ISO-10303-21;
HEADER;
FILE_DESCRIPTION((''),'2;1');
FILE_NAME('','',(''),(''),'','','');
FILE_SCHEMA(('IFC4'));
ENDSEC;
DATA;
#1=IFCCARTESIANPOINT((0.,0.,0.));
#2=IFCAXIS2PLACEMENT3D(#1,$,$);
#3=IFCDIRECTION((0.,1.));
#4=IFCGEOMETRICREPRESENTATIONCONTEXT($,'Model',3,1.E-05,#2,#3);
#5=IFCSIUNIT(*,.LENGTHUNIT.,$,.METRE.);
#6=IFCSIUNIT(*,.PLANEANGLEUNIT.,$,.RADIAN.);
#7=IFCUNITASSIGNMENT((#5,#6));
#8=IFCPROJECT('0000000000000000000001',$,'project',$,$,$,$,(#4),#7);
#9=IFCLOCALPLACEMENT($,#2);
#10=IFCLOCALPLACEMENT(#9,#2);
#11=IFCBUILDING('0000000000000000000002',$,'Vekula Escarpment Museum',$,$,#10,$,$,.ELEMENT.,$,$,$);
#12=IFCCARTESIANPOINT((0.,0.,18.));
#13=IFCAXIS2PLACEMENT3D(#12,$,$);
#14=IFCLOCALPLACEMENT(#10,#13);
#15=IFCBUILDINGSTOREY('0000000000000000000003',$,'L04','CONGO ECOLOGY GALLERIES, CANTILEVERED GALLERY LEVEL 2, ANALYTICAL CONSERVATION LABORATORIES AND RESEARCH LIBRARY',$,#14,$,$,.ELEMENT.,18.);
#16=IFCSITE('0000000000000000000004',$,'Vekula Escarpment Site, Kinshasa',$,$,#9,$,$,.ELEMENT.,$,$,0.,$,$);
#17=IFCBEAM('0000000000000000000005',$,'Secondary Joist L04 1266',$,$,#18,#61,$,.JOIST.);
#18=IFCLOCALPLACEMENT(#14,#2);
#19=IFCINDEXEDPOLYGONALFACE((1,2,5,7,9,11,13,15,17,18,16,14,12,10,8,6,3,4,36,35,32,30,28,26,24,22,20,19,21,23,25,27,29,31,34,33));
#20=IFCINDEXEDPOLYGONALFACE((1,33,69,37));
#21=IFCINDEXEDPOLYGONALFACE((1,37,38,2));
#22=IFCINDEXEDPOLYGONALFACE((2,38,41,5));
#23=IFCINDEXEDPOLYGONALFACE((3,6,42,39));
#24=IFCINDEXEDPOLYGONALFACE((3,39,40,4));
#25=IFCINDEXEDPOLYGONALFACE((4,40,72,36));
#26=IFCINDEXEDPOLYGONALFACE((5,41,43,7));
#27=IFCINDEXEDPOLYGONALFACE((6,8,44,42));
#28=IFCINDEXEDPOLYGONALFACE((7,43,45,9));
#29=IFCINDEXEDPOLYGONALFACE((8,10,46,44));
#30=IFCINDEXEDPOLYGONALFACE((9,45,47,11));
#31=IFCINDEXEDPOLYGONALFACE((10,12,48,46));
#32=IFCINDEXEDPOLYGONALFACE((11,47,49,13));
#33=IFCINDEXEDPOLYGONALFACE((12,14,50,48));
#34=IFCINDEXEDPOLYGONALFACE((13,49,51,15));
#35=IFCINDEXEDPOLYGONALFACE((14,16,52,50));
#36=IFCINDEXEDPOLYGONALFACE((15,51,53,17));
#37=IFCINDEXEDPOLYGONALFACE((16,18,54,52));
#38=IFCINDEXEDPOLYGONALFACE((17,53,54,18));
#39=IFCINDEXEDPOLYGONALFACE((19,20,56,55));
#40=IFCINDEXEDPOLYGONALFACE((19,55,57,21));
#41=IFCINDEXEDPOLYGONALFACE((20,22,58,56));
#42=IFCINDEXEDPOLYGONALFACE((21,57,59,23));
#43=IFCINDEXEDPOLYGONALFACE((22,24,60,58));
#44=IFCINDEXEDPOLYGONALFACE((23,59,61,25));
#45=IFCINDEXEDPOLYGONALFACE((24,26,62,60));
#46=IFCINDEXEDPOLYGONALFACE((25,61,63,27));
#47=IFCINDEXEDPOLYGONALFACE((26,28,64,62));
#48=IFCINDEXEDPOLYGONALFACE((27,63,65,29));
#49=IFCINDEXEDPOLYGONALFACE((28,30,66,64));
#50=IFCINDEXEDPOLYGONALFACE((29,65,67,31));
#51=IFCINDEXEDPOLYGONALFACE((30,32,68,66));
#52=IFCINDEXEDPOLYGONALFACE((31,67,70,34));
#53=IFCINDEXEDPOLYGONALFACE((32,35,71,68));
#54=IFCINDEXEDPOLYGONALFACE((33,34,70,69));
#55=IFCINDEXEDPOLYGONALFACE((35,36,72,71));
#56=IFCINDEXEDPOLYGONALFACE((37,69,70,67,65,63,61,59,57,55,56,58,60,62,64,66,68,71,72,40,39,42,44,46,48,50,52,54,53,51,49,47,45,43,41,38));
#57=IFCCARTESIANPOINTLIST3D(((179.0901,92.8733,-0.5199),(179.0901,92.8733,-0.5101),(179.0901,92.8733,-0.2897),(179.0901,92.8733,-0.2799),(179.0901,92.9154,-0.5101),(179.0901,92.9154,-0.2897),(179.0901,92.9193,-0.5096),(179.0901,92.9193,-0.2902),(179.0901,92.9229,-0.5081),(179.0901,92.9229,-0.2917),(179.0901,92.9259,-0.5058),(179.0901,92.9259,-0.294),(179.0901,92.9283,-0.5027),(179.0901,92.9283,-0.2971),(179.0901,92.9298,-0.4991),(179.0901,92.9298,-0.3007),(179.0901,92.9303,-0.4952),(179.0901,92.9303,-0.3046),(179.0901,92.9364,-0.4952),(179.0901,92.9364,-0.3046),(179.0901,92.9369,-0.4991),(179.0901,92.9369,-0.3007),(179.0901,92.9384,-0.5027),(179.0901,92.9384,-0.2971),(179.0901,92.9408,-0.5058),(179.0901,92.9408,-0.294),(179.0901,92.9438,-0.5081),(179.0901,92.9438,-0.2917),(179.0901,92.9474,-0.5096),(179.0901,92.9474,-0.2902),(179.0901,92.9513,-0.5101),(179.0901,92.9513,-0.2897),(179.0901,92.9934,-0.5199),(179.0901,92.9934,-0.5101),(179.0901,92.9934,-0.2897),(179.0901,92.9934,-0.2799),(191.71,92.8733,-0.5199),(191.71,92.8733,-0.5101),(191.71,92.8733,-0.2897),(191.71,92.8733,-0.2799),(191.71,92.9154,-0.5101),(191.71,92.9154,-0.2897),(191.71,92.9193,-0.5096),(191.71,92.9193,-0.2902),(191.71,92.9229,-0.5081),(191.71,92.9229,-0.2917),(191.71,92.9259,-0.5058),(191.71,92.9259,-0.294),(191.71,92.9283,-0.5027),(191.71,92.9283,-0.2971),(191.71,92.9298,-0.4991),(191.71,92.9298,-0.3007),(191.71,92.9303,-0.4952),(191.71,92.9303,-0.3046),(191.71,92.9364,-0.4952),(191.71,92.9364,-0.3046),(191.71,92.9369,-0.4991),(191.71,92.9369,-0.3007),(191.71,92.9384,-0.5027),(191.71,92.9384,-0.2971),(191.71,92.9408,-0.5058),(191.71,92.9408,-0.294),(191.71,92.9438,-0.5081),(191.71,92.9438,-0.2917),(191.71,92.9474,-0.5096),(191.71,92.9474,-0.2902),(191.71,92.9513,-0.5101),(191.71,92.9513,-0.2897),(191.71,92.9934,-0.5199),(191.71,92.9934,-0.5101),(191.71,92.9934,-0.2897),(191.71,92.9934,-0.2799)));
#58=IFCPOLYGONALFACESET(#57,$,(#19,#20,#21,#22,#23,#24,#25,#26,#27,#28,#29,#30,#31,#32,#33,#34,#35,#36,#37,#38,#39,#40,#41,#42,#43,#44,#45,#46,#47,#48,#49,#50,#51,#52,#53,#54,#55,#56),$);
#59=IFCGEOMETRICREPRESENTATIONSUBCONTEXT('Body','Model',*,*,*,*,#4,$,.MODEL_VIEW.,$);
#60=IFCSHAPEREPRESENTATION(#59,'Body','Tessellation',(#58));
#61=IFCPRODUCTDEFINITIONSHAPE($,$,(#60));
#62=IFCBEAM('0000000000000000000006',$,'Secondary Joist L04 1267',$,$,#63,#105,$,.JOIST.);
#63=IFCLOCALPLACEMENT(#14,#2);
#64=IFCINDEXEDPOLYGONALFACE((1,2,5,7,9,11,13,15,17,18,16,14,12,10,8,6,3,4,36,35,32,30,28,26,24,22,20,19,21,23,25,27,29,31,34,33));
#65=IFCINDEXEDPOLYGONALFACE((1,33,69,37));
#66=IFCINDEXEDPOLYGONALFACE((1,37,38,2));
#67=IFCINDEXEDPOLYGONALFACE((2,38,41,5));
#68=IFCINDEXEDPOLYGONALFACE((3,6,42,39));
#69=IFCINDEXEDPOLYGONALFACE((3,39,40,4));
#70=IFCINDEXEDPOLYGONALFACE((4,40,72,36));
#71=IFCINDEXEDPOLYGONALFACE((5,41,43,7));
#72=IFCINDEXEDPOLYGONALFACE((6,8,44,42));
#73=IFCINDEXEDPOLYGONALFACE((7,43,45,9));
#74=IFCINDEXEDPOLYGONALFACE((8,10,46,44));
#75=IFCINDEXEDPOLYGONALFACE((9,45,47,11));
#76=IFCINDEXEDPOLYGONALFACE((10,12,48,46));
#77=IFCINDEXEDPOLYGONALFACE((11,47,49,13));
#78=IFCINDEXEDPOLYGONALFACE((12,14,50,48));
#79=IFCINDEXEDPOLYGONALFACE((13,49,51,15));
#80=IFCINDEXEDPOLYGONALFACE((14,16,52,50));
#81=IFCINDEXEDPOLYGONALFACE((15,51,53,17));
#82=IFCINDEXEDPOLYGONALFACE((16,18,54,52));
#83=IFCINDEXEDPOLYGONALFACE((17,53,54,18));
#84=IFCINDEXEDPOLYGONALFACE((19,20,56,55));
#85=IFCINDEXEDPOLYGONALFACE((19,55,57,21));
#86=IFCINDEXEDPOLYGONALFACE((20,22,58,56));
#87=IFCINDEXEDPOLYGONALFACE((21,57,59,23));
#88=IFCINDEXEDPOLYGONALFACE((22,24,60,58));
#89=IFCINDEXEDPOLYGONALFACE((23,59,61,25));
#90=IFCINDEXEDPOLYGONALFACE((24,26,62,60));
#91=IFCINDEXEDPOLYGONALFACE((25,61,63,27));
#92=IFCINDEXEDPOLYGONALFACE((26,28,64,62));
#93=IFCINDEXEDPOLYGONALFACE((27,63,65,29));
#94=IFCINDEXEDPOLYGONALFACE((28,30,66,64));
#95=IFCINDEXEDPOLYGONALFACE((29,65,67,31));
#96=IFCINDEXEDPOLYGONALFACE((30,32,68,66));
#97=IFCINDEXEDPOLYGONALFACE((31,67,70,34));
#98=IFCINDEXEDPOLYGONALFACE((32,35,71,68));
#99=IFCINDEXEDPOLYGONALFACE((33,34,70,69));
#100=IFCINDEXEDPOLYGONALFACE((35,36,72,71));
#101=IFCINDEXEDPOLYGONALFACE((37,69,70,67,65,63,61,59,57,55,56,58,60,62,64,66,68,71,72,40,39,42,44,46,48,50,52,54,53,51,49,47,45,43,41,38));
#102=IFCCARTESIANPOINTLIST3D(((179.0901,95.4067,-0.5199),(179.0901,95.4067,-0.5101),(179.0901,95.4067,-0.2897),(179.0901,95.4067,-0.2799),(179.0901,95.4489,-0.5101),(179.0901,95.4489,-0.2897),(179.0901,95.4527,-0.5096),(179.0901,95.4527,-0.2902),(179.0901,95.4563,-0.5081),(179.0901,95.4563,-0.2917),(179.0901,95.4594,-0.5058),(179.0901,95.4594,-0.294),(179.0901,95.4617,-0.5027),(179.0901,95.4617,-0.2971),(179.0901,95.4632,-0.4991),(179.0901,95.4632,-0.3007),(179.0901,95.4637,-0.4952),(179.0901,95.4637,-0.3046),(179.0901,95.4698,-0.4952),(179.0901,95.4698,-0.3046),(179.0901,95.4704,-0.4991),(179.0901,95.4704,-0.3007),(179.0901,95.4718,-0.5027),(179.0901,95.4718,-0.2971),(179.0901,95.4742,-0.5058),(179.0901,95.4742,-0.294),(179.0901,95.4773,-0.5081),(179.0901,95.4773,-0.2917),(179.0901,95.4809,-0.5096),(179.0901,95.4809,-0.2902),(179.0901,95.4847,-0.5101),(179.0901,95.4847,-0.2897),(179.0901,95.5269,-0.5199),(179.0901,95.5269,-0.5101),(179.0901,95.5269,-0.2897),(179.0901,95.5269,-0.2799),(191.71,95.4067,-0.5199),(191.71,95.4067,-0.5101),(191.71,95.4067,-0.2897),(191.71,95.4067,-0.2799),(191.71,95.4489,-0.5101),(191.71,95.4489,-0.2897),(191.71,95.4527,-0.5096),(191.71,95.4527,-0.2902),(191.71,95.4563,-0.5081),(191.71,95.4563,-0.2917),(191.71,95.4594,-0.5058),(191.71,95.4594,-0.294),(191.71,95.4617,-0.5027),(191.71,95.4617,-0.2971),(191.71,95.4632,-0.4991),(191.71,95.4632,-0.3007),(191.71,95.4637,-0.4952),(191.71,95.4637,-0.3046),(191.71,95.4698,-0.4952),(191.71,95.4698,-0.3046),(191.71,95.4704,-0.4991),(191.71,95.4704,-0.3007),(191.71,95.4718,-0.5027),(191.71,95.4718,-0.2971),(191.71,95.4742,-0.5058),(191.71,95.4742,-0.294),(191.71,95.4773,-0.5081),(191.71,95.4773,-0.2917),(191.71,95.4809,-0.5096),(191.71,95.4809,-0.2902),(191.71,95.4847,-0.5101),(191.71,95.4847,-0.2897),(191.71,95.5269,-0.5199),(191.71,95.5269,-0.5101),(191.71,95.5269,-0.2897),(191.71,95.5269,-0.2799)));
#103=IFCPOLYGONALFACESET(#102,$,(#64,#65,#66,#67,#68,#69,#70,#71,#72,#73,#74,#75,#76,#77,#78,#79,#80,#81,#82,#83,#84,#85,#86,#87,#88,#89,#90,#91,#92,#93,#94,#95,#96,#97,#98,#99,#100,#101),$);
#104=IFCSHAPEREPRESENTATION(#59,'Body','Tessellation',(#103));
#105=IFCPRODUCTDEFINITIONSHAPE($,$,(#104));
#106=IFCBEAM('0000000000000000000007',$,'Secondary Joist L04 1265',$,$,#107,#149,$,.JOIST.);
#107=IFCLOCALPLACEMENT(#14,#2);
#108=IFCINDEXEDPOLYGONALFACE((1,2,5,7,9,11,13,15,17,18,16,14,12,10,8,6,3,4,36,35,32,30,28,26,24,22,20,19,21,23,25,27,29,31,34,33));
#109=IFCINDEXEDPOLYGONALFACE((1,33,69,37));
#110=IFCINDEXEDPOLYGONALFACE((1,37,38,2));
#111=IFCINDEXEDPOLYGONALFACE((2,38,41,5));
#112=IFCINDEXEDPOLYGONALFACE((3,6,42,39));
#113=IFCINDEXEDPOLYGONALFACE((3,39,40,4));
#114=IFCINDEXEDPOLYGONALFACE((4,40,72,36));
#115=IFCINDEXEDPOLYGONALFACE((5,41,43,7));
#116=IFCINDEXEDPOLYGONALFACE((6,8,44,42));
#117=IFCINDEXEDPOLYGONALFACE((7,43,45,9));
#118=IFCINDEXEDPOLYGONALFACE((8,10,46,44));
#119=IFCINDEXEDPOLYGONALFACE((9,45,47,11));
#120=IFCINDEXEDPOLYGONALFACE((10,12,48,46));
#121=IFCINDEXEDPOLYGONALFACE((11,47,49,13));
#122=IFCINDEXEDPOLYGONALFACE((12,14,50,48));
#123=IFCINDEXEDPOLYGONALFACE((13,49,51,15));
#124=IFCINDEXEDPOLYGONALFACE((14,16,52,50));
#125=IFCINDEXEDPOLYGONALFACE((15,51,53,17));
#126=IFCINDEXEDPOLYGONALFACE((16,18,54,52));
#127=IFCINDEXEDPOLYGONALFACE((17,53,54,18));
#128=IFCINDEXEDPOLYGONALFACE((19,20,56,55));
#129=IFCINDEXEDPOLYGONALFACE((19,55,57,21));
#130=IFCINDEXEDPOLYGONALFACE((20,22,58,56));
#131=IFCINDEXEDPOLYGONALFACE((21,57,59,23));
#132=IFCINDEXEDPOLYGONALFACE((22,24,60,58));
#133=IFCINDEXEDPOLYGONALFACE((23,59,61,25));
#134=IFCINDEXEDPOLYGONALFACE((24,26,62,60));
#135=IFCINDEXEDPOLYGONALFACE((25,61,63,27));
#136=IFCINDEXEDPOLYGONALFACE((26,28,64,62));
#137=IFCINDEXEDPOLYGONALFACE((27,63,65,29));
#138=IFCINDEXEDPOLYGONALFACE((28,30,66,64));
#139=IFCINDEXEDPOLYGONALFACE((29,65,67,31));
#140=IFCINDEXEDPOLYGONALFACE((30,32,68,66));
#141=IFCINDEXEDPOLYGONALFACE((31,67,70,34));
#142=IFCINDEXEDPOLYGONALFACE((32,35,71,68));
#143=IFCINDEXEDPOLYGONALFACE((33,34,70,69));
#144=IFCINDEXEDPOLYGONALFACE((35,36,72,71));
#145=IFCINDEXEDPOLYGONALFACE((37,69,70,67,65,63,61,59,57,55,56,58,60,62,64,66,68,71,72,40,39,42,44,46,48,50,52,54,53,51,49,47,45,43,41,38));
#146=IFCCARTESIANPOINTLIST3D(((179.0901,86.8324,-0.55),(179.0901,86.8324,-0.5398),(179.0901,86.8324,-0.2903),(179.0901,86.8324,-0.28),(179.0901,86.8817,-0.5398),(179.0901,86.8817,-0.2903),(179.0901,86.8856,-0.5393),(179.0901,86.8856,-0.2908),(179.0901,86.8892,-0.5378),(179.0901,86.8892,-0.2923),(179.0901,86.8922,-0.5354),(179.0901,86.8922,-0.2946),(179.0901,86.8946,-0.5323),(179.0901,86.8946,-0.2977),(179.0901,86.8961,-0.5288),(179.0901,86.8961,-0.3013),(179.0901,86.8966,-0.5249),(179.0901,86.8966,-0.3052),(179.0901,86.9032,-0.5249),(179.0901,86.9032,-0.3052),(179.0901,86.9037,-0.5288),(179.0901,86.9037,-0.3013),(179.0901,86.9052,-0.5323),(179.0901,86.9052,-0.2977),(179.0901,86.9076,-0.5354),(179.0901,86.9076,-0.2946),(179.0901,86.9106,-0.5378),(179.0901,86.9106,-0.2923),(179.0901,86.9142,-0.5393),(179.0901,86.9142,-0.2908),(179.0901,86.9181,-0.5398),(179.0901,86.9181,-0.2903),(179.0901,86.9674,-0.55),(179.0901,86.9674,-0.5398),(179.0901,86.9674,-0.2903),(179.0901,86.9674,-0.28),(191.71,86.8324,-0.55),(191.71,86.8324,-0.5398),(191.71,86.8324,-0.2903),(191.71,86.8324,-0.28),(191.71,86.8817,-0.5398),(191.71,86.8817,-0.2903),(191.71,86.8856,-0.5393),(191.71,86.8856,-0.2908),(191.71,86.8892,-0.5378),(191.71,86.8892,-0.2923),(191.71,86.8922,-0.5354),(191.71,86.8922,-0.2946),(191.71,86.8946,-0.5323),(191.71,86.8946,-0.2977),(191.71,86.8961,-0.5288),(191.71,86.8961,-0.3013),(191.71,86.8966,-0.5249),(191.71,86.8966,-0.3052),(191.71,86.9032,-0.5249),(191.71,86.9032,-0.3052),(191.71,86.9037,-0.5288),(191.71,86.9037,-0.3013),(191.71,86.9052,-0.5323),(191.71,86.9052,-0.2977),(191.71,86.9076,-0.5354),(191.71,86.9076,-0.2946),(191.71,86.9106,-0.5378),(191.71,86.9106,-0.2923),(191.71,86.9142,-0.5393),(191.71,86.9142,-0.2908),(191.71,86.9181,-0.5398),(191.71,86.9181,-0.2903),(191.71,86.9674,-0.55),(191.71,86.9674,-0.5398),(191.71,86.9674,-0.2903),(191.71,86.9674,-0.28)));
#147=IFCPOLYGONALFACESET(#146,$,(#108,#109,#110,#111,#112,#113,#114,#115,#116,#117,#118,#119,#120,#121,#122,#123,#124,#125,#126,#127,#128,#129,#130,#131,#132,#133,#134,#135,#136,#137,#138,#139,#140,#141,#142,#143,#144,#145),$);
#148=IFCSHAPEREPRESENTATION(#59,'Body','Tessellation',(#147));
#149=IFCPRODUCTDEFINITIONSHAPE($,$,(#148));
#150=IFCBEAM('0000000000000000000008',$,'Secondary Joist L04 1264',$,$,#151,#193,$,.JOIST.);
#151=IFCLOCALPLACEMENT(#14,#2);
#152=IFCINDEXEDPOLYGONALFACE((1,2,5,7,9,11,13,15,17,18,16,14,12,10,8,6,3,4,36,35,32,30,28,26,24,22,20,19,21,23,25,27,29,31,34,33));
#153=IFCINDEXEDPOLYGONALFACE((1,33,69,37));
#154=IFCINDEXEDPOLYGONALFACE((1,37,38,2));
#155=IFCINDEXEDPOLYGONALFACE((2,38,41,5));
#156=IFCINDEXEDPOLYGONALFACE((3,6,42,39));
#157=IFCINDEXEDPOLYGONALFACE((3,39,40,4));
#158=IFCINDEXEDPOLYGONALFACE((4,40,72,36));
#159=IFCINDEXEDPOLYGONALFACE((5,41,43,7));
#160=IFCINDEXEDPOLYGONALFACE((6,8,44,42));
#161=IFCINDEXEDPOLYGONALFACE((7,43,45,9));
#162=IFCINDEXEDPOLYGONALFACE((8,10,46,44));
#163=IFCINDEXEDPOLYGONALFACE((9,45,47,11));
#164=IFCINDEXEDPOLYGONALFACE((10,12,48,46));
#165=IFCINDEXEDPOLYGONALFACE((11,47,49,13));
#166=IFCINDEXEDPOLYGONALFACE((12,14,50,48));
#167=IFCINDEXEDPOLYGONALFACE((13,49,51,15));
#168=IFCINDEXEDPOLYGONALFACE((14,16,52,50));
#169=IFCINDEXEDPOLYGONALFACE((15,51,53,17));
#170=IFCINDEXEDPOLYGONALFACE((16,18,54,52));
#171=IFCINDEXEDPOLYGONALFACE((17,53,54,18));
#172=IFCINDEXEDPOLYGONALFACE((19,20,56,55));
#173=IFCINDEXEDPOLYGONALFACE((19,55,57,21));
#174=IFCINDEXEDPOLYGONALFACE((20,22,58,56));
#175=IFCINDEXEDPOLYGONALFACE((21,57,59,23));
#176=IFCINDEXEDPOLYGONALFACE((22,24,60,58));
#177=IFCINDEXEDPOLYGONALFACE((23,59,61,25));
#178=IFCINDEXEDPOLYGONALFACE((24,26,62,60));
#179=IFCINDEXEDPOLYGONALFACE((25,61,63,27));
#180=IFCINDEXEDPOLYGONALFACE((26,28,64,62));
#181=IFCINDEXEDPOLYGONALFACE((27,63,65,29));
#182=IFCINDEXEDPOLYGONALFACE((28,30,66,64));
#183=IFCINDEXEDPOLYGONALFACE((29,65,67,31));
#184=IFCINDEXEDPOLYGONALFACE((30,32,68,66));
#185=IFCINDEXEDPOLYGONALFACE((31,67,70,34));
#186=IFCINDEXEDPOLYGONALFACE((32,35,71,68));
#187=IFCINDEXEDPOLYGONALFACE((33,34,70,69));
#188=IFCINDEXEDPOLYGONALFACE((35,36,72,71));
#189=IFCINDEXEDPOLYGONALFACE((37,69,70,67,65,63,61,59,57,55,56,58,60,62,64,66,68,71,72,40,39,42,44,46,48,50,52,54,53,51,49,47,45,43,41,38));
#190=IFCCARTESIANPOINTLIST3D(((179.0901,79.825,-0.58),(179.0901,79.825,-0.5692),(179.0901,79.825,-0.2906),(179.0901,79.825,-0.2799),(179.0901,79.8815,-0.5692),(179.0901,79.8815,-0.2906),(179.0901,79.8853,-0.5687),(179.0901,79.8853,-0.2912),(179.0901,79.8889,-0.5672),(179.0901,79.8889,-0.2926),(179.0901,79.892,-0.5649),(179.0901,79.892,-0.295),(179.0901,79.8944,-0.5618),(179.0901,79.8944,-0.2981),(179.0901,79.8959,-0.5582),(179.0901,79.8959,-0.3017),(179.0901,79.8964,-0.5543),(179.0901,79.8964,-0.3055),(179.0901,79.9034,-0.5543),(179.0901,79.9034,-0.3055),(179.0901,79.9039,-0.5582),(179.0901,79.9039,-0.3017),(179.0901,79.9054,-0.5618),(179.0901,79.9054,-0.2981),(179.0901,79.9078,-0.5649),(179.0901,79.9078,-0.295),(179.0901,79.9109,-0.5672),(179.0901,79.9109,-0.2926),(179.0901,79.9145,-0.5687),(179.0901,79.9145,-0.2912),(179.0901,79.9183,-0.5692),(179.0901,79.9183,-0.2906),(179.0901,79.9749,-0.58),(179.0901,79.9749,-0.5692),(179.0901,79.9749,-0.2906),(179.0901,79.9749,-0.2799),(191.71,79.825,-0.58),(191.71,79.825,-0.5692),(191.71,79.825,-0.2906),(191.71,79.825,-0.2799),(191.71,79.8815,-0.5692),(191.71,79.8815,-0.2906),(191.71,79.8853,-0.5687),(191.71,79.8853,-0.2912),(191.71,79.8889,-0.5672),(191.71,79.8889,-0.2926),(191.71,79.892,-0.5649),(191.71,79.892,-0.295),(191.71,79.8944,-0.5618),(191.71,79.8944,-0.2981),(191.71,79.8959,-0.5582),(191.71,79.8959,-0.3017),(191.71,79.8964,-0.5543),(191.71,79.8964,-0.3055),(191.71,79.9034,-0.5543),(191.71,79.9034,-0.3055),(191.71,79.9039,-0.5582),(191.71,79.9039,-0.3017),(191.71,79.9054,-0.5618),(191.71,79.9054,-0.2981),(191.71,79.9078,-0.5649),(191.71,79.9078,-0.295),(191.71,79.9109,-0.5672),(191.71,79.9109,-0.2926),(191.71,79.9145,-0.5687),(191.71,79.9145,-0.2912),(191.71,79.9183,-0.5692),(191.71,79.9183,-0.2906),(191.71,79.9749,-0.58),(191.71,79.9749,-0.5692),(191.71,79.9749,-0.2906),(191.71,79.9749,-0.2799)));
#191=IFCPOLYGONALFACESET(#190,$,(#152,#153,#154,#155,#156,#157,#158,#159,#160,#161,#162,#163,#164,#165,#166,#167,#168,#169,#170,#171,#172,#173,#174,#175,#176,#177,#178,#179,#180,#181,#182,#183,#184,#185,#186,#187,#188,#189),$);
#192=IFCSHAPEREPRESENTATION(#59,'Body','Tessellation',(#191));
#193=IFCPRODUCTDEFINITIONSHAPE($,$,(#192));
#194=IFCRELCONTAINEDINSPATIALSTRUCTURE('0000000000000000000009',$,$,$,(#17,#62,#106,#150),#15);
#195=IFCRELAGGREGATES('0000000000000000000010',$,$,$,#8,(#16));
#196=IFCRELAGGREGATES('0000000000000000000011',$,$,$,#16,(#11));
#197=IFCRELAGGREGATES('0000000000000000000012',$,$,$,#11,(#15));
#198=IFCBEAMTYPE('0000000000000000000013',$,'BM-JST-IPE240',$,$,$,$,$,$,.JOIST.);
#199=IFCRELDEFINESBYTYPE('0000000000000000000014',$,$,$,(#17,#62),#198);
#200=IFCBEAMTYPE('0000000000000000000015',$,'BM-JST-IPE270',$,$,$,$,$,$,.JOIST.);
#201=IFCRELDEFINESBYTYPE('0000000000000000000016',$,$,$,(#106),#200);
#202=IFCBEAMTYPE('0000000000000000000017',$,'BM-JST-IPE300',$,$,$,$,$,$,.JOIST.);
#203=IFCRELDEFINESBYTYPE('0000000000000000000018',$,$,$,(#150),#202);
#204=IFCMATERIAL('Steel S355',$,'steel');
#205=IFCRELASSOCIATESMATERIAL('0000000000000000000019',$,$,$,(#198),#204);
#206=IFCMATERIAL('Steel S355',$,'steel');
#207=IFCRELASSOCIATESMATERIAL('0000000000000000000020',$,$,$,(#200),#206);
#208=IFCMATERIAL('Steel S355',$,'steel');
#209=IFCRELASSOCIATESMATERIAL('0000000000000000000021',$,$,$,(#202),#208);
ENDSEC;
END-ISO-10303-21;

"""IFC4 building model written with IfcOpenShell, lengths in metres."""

from ifc_helpers import new_model, si_unit, direction, frame, origin, origin_2d, place, context, subcontext, project, spatial, i_section, extrude, material, material_profile, profile_set, type_object, element, save


model = new_model("IFC4")

# Units and contexts
model_context = context("Model", 3, precision=1e-05, world=origin(), true_north=direction((0.0, 1.0)))
body_context = subcontext(model_context, "Body", "Model", "MODEL_VIEW")
ifc_project = project(units=[si_unit("LENGTHUNIT", "METRE"), si_unit("PLANEANGLEUNIT", "RADIAN")], contexts=[model_context])

# Site, building, storey
site_placement = place(None, origin())
site = spatial("IfcSite", under=ifc_project, at=site_placement, Name="Vekula Escarpment Site, Kinshasa", CompositionType="ELEMENT", RefElevation=0.0)
building_placement = place(site_placement, origin())
building = spatial("IfcBuilding", under=site, at=building_placement, Name="Vekula Escarpment Museum", CompositionType="ELEMENT")
storey_placement = place(building_placement, frame((0.0, 0.0, 18.0)))
storey = spatial("IfcBuildingStorey", under=building, at=storey_placement, Name="L04", Description="CONGO ECOLOGY GALLERIES, CANTILEVERED GALLERY LEVEL 2, ANALYTICAL CONSERVATION LABORATORIES AND RESEARCH LIBRARY", CompositionType="ELEMENT", Elevation=18.0)

# Beams
ifc_material_1 = material(Name="Steel S355", Category="steel")
ifc_material_profile_1 = material_profile(ifc_material_1, i_section(OverallWidth=0.1201, OverallDepth=0.24, WebThickness=0.0061, FlangeThickness=0.0098, FilletRadius=0.0149, at=origin_2d()), Name="IPE 240")
ifc_profile_set_1 = profile_set([ifc_material_profile_1], Name="Steel S355")
beam_type_1 = type_object("IfcBeamType", Name="BM-JST-IPE240", PredefinedType="JOIST", material=ifc_profile_set_1)
for number, where, z_axis, x_axis, name in (
    (1, (179.0901, 92.9333, -0.3999), (1.0, 0.0, 0.0), (0.0, 1.0, 0.0), "Secondary Joist L04 1266"),
    (2, (179.0901, 95.4668, -0.3999), (1.0, 0.0, 0.0), (0.0, 1.0, 0.0), "Secondary Joist L04 1267"),
):
    element("IfcBeam", number, at=place(storey_placement, frame(where, z_axis=z_axis, x_axis=x_axis)), inside=storey, type_object=beam_type_1, Name=name, PredefinedType="JOIST", context=body_context, shape_type="SweptSolid", body=[
        extrude(i_section(OverallWidth=0.1201, OverallDepth=0.24, WebThickness=0.0061, FlangeThickness=0.0098, FilletRadius=0.0149, at=origin_2d()), origin(), (0.0, 0.0, 1.0), 12.6199),
    ])
ifc_material_2 = material(Name="Steel S355", Category="steel")
ifc_material_profile_2 = material_profile(ifc_material_2, i_section(OverallWidth=0.135, OverallDepth=0.27, WebThickness=0.0066, FlangeThickness=0.0103, FilletRadius=0.0149, at=origin_2d()), Name="IPE 270")
ifc_profile_set_2 = profile_set([ifc_material_profile_2], Name="Steel S355")
beam_type_2 = type_object("IfcBeamType", Name="BM-JST-IPE270", PredefinedType="JOIST", material=ifc_profile_set_2)
beam_1_placement = place(storey_placement, frame((179.0901, 86.8999, -0.415), z_axis=(1.0, 0.0, 0.0), x_axis=(0.0, 1.0, 0.0)))
element("IfcBeam", 3, at=beam_1_placement, inside=storey, type_object=beam_type_2, Name="Secondary Joist L04 1265", PredefinedType="JOIST", context=body_context, shape_type="SweptSolid", body=[
    extrude(i_section(OverallWidth=0.135, OverallDepth=0.27, WebThickness=0.0066, FlangeThickness=0.0103, FilletRadius=0.0149, at=origin_2d()), origin(), (0.0, 0.0, 1.0), 12.6199),
])
ifc_material_3 = material(Name="Steel S355", Category="steel")
ifc_material_profile_3 = material_profile(ifc_material_3, i_section(OverallWidth=0.1499, OverallDepth=0.3, WebThickness=0.0071, FlangeThickness=0.0107, FilletRadius=0.0149, at=origin_2d()), Name="IPE 300")
ifc_profile_set_3 = profile_set([ifc_material_profile_3], Name="Steel S355")
beam_type_3 = type_object("IfcBeamType", Name="BM-JST-IPE300", PredefinedType="JOIST", material=ifc_profile_set_3)
beam_2_placement = place(storey_placement, frame((179.0901, 79.8999, -0.4299), z_axis=(1.0, 0.0, 0.0), x_axis=(0.0, 1.0, 0.0)))
element("IfcBeam", 4, at=beam_2_placement, inside=storey, type_object=beam_type_3, Name="Secondary Joist L04 1264", PredefinedType="JOIST", context=body_context, shape_type="SweptSolid", body=[
    extrude(i_section(OverallWidth=0.1499, OverallDepth=0.3, WebThickness=0.0071, FlangeThickness=0.0107, FilletRadius=0.0149, at=origin_2d()), origin(), (0.0, 0.0, 1.0), 12.6199),
])

save(model, "model.ifc")
